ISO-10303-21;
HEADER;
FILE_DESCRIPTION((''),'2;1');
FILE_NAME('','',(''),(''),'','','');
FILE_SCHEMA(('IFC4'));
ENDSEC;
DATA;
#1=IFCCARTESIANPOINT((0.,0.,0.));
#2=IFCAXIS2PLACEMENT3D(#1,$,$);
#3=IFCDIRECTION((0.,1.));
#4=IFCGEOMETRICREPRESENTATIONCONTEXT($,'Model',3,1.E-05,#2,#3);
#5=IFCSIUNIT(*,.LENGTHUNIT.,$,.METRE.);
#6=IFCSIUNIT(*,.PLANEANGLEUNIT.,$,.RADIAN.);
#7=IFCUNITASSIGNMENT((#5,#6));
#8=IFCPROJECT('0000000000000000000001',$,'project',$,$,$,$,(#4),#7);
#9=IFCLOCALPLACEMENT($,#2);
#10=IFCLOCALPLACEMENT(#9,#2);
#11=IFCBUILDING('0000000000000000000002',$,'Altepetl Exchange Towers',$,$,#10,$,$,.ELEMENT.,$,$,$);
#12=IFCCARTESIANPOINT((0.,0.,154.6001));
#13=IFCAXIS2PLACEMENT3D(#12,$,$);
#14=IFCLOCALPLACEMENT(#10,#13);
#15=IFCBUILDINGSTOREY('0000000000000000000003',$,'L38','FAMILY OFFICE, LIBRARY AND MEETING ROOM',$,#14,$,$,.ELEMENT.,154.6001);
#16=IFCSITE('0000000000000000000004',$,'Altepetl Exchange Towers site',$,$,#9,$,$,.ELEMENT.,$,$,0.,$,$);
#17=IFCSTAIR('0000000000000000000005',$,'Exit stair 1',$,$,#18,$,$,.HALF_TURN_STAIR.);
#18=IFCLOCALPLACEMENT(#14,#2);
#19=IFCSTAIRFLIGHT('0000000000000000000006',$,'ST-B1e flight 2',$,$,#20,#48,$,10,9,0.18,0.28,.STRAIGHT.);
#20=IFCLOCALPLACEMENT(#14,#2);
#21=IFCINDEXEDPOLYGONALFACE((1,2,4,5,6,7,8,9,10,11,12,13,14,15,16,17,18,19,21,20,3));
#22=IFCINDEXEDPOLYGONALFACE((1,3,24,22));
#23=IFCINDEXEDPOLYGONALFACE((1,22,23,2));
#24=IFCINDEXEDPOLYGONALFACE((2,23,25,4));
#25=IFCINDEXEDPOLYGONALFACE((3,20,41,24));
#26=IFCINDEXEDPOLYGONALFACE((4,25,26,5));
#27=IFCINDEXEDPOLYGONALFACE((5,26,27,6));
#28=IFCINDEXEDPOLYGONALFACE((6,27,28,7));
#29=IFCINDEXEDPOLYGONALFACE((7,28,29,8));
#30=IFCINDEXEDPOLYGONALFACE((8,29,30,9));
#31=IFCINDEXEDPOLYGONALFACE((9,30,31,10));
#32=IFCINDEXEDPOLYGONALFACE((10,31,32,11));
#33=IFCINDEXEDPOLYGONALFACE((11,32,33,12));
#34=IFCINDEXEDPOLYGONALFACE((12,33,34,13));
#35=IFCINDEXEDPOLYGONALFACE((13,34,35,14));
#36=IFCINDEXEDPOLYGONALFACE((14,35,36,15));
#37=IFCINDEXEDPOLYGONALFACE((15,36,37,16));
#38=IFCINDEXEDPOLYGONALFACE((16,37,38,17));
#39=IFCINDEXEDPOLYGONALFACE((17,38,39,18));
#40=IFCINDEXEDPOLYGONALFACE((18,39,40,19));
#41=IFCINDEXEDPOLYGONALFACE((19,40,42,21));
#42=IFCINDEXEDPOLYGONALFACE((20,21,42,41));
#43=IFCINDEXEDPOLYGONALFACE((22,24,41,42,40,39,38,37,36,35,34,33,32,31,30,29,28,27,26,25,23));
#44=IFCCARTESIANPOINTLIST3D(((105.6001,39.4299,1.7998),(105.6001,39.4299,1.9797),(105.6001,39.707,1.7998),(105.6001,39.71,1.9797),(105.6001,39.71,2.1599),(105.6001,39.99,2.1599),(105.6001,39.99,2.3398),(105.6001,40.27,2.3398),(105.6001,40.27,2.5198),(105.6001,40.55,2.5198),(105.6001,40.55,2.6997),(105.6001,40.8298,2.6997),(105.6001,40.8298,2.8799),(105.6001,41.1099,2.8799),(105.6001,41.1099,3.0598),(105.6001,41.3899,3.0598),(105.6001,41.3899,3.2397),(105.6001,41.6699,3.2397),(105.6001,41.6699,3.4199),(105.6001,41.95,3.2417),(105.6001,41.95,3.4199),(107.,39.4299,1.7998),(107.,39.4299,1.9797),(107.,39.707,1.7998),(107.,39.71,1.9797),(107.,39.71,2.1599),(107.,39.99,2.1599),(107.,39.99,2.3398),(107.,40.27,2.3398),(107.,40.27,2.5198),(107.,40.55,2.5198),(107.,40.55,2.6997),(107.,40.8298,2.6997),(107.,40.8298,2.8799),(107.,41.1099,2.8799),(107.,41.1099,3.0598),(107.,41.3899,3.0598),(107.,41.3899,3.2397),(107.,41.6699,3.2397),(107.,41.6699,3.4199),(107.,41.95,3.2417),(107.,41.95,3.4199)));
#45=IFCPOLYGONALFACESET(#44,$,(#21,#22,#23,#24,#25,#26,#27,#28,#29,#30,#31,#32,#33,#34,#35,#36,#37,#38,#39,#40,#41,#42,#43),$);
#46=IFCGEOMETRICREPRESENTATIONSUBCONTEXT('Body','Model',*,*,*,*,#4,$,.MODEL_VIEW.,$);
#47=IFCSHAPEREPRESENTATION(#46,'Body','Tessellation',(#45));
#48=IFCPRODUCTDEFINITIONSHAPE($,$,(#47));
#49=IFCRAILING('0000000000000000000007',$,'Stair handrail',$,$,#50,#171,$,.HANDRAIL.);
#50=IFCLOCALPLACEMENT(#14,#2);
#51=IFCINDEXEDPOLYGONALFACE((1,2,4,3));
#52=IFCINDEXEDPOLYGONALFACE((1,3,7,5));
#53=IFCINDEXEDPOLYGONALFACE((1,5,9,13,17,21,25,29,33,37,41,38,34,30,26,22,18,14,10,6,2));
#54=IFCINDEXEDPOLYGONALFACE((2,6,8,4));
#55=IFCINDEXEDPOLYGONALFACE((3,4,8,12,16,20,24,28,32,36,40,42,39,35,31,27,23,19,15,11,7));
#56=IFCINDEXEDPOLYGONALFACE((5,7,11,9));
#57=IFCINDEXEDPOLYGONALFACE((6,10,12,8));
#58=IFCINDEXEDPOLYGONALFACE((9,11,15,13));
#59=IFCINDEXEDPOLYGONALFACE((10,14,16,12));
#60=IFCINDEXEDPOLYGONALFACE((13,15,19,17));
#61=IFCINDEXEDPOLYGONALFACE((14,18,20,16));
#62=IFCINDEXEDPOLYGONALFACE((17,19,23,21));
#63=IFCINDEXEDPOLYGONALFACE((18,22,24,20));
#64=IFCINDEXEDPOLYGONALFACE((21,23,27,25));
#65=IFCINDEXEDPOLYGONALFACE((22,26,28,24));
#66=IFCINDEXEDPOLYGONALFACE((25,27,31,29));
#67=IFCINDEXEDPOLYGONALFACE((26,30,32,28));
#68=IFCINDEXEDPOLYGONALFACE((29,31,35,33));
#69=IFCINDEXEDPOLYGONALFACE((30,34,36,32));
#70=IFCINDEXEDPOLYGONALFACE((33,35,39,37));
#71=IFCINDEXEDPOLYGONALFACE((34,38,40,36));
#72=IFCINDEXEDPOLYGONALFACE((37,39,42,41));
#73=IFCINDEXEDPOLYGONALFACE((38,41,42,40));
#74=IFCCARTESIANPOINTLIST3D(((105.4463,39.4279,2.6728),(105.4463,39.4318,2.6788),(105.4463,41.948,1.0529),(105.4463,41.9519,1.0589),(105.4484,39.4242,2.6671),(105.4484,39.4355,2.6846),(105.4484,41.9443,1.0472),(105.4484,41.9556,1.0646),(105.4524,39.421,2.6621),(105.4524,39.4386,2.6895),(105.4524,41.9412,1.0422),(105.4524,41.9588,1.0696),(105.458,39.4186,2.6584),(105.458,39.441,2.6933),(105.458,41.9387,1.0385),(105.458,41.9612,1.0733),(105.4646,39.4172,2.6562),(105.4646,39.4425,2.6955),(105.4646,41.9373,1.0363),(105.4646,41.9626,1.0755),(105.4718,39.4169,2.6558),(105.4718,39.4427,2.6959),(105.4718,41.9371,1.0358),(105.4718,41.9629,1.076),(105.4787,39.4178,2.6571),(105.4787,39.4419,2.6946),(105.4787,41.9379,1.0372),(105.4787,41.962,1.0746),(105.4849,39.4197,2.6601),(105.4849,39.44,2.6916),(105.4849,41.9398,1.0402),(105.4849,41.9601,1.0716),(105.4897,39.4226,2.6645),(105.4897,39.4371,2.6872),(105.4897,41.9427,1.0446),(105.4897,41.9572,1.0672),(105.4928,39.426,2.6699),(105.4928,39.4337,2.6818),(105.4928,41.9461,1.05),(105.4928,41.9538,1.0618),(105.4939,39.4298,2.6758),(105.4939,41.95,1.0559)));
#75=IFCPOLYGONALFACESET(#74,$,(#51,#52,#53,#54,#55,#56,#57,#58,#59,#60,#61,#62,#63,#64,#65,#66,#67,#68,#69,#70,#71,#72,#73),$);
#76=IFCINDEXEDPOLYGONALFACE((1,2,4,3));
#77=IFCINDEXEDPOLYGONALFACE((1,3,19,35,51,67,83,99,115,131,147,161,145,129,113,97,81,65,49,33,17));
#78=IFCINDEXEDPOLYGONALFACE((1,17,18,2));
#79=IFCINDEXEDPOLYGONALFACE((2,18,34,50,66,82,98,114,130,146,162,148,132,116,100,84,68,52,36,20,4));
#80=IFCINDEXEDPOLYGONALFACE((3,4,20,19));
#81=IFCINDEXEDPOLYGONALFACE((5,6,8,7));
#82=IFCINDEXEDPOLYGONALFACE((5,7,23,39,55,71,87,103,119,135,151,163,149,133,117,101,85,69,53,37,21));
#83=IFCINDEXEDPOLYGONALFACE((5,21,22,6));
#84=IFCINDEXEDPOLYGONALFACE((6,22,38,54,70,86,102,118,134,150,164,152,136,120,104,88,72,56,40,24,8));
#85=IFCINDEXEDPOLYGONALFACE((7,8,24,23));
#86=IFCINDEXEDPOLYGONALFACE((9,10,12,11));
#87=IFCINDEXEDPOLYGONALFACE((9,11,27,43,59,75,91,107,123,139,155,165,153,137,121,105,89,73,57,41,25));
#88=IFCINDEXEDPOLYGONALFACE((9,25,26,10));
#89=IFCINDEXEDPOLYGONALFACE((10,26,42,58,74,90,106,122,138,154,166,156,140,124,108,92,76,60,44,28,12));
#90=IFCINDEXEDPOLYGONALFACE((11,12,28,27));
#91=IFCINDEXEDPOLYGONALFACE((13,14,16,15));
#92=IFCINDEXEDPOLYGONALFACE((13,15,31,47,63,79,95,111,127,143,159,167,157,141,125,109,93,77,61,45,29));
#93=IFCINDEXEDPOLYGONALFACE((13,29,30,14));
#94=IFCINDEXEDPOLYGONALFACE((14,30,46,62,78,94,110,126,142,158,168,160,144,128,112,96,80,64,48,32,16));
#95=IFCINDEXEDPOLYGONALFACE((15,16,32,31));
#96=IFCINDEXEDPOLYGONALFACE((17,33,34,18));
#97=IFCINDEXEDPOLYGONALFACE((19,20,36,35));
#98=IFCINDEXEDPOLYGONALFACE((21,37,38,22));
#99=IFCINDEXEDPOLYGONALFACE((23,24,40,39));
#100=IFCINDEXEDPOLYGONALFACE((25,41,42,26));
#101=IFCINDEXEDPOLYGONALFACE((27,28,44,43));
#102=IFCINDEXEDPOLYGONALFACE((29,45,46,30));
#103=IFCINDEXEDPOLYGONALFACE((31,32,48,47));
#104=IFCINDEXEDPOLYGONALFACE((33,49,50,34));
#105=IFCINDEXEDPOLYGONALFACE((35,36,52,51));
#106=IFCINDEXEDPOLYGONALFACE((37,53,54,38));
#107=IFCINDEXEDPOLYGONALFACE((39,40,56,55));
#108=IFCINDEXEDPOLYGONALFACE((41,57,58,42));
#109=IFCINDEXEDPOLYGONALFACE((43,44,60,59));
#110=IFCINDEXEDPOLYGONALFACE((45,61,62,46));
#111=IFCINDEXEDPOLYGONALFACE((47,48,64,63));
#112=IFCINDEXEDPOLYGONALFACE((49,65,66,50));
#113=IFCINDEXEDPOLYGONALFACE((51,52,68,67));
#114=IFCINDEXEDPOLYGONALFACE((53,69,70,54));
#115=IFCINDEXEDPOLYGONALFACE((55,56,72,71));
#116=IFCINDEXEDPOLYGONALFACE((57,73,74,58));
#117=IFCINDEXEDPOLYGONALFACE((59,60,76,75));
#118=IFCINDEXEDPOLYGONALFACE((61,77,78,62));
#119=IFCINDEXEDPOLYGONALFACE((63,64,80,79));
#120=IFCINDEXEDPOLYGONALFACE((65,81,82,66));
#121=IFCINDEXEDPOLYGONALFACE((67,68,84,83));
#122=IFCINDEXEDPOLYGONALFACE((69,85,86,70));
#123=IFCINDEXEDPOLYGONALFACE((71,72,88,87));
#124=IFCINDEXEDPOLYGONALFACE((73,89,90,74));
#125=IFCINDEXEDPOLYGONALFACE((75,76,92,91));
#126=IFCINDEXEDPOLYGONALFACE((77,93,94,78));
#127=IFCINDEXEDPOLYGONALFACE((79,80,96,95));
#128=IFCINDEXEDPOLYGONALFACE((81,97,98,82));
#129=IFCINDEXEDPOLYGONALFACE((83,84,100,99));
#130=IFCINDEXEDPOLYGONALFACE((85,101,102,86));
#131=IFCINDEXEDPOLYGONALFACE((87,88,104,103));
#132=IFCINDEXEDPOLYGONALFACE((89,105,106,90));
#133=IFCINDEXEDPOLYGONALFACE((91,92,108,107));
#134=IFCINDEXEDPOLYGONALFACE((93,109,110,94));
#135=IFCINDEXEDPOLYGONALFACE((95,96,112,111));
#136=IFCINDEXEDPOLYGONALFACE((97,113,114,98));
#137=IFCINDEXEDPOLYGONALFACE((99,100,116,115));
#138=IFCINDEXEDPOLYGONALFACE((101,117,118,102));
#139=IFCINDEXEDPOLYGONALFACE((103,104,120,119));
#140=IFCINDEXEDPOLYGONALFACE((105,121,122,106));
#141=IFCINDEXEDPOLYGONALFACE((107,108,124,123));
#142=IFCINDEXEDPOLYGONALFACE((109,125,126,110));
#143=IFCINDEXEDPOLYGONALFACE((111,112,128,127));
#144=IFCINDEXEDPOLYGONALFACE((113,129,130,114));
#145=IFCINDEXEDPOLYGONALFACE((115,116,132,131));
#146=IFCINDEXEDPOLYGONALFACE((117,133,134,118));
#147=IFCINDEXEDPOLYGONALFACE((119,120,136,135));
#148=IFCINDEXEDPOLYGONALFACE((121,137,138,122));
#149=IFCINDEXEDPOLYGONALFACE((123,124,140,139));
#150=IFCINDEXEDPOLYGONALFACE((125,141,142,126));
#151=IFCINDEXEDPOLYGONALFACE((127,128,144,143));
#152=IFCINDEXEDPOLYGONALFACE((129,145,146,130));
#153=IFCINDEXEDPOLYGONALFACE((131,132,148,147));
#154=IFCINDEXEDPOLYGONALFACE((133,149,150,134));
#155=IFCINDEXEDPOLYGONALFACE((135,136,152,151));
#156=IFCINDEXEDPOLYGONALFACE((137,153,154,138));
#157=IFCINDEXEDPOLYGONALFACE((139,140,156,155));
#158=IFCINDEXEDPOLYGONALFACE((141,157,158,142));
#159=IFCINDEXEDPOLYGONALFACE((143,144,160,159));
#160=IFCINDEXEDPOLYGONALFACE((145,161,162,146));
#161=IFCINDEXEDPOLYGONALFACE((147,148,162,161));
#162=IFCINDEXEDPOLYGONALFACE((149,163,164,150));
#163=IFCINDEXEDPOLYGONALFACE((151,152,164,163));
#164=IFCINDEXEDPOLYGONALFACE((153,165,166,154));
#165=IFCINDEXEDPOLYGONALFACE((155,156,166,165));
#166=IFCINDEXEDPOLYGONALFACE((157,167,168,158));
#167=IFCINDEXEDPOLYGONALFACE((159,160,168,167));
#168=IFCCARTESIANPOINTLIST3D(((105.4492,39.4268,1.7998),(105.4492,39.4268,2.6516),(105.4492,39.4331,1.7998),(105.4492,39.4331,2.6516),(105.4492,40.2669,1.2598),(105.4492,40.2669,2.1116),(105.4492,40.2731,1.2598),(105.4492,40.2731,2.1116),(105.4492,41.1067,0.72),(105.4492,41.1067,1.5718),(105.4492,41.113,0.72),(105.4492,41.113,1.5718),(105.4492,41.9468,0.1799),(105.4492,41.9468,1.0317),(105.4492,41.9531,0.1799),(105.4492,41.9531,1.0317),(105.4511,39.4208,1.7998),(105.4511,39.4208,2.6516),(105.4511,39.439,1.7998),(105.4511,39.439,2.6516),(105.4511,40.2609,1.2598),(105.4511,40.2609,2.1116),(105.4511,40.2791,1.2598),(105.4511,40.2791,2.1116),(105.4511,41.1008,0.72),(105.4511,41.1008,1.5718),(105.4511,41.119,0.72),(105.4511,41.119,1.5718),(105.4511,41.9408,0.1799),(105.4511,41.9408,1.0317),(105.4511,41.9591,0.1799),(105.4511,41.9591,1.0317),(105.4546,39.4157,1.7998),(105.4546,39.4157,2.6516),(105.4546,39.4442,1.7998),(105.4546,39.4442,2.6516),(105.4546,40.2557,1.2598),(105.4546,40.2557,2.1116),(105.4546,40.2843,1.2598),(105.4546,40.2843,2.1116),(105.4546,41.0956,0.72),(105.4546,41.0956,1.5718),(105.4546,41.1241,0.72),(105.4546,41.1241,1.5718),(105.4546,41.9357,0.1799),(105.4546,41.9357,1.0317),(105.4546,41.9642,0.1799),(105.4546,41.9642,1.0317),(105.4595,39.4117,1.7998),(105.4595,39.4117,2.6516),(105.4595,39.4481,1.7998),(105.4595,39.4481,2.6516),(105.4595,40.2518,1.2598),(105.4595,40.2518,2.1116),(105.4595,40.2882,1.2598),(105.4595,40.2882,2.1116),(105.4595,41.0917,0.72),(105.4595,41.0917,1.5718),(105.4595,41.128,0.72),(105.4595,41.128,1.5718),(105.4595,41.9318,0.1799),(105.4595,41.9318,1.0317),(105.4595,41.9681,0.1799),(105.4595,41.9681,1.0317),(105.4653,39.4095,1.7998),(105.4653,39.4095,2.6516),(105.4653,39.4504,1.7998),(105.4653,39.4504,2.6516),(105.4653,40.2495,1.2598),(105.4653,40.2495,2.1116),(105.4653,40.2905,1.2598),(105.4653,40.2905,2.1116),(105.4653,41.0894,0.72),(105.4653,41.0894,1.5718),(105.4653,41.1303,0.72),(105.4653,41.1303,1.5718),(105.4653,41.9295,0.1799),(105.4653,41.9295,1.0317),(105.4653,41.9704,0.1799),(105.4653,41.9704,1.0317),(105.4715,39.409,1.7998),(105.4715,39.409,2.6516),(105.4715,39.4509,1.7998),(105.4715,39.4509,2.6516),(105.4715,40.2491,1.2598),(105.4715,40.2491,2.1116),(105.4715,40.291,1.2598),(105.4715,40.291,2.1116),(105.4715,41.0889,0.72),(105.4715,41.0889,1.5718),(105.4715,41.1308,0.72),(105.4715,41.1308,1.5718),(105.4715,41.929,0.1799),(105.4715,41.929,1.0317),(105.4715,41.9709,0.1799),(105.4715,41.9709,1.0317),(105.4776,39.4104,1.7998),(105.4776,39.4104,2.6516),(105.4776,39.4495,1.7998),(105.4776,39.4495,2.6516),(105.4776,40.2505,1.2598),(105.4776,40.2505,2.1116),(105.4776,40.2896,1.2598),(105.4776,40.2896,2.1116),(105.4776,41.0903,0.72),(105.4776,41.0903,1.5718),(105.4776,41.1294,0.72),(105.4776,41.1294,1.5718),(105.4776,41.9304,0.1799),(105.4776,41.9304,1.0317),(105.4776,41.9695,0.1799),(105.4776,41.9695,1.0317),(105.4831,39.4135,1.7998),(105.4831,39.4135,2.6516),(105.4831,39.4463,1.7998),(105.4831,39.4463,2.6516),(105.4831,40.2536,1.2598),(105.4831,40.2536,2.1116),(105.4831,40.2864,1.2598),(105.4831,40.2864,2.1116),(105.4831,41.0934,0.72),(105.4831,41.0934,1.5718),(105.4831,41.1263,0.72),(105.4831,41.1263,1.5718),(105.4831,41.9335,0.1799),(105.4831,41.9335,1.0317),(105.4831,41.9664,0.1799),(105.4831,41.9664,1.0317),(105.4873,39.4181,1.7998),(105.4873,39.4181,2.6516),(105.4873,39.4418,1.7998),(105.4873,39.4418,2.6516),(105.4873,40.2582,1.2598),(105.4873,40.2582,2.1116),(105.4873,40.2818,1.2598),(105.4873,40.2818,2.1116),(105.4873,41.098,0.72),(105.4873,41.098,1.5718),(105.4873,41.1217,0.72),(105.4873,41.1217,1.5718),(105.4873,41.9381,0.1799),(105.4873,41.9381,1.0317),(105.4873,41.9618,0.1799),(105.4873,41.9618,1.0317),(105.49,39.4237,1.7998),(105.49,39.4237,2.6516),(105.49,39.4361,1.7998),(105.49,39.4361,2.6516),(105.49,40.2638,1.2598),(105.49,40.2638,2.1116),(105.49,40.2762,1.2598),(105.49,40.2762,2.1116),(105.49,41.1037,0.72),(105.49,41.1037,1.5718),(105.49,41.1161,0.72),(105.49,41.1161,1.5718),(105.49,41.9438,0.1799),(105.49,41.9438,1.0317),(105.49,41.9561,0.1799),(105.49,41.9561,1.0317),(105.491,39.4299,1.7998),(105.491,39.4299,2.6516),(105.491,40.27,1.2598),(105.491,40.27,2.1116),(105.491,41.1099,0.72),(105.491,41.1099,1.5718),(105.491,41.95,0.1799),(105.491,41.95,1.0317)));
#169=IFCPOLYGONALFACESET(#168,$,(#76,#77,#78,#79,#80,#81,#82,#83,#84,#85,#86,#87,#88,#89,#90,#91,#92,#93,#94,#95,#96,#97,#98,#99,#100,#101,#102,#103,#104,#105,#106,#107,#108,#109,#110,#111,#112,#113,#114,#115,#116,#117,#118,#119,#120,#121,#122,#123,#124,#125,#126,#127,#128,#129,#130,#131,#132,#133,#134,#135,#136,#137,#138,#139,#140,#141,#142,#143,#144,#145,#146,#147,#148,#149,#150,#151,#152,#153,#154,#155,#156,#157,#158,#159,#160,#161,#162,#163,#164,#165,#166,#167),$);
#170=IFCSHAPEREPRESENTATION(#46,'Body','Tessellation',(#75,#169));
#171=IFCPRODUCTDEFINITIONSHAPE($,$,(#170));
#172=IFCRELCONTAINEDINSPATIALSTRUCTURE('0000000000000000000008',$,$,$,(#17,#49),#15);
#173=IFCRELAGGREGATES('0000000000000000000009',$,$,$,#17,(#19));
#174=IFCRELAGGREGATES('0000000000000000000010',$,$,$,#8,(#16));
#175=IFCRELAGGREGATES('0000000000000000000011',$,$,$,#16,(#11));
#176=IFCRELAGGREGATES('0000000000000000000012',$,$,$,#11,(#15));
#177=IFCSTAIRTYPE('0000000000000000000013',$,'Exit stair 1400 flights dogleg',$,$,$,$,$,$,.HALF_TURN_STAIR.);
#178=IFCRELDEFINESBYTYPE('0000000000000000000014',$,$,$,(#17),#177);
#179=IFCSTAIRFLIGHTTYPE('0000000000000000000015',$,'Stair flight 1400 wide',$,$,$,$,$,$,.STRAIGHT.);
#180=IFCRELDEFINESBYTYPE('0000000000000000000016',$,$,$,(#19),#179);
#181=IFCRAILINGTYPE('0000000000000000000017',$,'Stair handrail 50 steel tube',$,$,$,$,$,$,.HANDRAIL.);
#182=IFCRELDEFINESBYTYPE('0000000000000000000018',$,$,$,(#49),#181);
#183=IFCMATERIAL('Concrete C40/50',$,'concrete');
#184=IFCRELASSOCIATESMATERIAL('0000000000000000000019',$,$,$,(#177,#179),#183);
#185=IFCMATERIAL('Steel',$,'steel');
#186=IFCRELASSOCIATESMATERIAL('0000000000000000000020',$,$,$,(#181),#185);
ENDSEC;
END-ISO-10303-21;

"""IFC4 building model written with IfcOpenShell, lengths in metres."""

from ifc_helpers import new_model, si_unit, direction, frame, origin, origin_2d, place, context, subcontext, project, spatial, polyline, circle, outline, extrude, source, transform, mapped, material, type_object, element, aggregate, save


model = new_model("IFC4")

# Units and contexts
model_context = context("Model", 3, precision=1e-05, world=origin(), true_north=direction((0.0, 1.0)))
body_context = subcontext(model_context, "Body", "Model", "MODEL_VIEW")
ifc_project = project(units=[si_unit("LENGTHUNIT", "METRE"), si_unit("PLANEANGLEUNIT", "RADIAN")], contexts=[model_context])

# Site, building, storey
site_placement = place(None, origin())
site = spatial("IfcSite", under=ifc_project, at=site_placement, Name="Altepetl Exchange Towers site", CompositionType="ELEMENT", RefElevation=0.0)
building_placement = place(site_placement, origin())
building = spatial("IfcBuilding", under=site, at=building_placement, Name="Altepetl Exchange Towers", CompositionType="ELEMENT")
storey_placement = place(building_placement, frame((0.0, 0.0, 154.6001)))
storey = spatial("IfcBuildingStorey", under=building, at=storey_placement, Name="L38", Description="FAMILY OFFICE, LIBRARY AND MEETING ROOM", CompositionType="ELEMENT", Elevation=154.6001)

# Shared definitions
ifc_material_1 = material(Name="Concrete C40/50", Category="concrete")

# Stair, stair flight
stair_type = type_object("IfcStairType", Name="Exit stair 1400 flights dogleg", PredefinedType="HALF_TURN_STAIR", material=ifc_material_1)
stair_placement = place(storey_placement, origin())
stair = element("IfcStair", 1, at=stair_placement, inside=storey, type_object=stair_type, Name="Exit stair 1", PredefinedType="HALF_TURN_STAIR")
stair_flight_type = type_object("IfcStairFlightType", Name="Stair flight 1400 wide", PredefinedType="STRAIGHT", material=ifc_material_1)
stair_flight_1_placement = place(storey_placement, frame((106.3, 39.4299, 1.7998), z_axis=(0.0, 0.0, 1.0), x_axis=(0.0, 1.0, 0.0)))
stair_flight_1 = element("IfcStairFlight", 2, at=stair_flight_1_placement, type_object=stair_flight_type, Name="ST-B1e flight 2", NumberOfRisers=10, NumberOfTreads=9, PredefinedType="STRAIGHT", RiserHeight=0.18, TreadLength=0.28, context=body_context, shape_type="SweptSolid", body=[
    extrude(outline(polyline([(0.0, 0.0), (0.0, 0.1799), (0.28, 0.1799), (0.28, 0.3601), (0.5601, 0.3601), (0.5601, 0.54), (0.8401, 0.54), (0.8401, 0.72), (1.1201, 0.72), (1.1201, 0.8999), (1.3999, 0.8999), (1.3999, 1.0801), (1.6799, 1.0801), (1.6799, 1.26), (1.96, 1.26), (1.96, 1.4399), (2.24, 1.4399), (2.24, 1.6201), (2.52, 1.6201), (2.52, 1.8), (2.52, 1.4419), (0.2771, 0.0), (0.0, 0.0)])), frame((0.0, 0.7, 0.0), z_axis=(0.0, -1.0, 0.0), x_axis=(1.0, 0.0, 0.0)), (0.0, 0.0, 1.0), 1.3999),
])
aggregate(stair, [stair_flight_1])

# Railing
ifc_material_2 = material(Name="Steel", Category="steel")
railing_type = type_object("IfcRailingType", Name="Stair handrail 50 steel tube", PredefinedType="HANDRAIL", material=ifc_material_2)
shared_shape = source(origin(), body_context, "Body", "SweptSolid", [
    extrude(circle(Radius=0.021, at=origin_2d()), origin(), (0.0, 0.0, 1.0), 0.8518),
])
railing_1_placement = place(storey_placement, frame((105.47, 41.95, 0.1799)))
element("IfcRailing", 3, at=railing_1_placement, inside=storey, type_object=railing_type, Name="Stair handrail", PredefinedType="HANDRAIL", context=body_context, shape_type="SweptSolid", body=[
    extrude(circle(Radius=0.0239, at=origin_2d()), frame((0.0, 0.0, 0.876), z_axis=(0.0, -0.8412, 0.540725), x_axis=(1.0, 0.0, 0.0)), (0.0, 0.0, 1.0), 2.9958),
    mapped(shared_shape, transform((0.0, 0.0, 0.0))),
    mapped(shared_shape, transform((0.0, -0.8401, 0.54))),
    mapped(shared_shape, transform((0.0, -1.6799, 1.0798))),
    mapped(shared_shape, transform((0.0, -2.52, 1.6199))),
])

save(model, "model.ifc")
